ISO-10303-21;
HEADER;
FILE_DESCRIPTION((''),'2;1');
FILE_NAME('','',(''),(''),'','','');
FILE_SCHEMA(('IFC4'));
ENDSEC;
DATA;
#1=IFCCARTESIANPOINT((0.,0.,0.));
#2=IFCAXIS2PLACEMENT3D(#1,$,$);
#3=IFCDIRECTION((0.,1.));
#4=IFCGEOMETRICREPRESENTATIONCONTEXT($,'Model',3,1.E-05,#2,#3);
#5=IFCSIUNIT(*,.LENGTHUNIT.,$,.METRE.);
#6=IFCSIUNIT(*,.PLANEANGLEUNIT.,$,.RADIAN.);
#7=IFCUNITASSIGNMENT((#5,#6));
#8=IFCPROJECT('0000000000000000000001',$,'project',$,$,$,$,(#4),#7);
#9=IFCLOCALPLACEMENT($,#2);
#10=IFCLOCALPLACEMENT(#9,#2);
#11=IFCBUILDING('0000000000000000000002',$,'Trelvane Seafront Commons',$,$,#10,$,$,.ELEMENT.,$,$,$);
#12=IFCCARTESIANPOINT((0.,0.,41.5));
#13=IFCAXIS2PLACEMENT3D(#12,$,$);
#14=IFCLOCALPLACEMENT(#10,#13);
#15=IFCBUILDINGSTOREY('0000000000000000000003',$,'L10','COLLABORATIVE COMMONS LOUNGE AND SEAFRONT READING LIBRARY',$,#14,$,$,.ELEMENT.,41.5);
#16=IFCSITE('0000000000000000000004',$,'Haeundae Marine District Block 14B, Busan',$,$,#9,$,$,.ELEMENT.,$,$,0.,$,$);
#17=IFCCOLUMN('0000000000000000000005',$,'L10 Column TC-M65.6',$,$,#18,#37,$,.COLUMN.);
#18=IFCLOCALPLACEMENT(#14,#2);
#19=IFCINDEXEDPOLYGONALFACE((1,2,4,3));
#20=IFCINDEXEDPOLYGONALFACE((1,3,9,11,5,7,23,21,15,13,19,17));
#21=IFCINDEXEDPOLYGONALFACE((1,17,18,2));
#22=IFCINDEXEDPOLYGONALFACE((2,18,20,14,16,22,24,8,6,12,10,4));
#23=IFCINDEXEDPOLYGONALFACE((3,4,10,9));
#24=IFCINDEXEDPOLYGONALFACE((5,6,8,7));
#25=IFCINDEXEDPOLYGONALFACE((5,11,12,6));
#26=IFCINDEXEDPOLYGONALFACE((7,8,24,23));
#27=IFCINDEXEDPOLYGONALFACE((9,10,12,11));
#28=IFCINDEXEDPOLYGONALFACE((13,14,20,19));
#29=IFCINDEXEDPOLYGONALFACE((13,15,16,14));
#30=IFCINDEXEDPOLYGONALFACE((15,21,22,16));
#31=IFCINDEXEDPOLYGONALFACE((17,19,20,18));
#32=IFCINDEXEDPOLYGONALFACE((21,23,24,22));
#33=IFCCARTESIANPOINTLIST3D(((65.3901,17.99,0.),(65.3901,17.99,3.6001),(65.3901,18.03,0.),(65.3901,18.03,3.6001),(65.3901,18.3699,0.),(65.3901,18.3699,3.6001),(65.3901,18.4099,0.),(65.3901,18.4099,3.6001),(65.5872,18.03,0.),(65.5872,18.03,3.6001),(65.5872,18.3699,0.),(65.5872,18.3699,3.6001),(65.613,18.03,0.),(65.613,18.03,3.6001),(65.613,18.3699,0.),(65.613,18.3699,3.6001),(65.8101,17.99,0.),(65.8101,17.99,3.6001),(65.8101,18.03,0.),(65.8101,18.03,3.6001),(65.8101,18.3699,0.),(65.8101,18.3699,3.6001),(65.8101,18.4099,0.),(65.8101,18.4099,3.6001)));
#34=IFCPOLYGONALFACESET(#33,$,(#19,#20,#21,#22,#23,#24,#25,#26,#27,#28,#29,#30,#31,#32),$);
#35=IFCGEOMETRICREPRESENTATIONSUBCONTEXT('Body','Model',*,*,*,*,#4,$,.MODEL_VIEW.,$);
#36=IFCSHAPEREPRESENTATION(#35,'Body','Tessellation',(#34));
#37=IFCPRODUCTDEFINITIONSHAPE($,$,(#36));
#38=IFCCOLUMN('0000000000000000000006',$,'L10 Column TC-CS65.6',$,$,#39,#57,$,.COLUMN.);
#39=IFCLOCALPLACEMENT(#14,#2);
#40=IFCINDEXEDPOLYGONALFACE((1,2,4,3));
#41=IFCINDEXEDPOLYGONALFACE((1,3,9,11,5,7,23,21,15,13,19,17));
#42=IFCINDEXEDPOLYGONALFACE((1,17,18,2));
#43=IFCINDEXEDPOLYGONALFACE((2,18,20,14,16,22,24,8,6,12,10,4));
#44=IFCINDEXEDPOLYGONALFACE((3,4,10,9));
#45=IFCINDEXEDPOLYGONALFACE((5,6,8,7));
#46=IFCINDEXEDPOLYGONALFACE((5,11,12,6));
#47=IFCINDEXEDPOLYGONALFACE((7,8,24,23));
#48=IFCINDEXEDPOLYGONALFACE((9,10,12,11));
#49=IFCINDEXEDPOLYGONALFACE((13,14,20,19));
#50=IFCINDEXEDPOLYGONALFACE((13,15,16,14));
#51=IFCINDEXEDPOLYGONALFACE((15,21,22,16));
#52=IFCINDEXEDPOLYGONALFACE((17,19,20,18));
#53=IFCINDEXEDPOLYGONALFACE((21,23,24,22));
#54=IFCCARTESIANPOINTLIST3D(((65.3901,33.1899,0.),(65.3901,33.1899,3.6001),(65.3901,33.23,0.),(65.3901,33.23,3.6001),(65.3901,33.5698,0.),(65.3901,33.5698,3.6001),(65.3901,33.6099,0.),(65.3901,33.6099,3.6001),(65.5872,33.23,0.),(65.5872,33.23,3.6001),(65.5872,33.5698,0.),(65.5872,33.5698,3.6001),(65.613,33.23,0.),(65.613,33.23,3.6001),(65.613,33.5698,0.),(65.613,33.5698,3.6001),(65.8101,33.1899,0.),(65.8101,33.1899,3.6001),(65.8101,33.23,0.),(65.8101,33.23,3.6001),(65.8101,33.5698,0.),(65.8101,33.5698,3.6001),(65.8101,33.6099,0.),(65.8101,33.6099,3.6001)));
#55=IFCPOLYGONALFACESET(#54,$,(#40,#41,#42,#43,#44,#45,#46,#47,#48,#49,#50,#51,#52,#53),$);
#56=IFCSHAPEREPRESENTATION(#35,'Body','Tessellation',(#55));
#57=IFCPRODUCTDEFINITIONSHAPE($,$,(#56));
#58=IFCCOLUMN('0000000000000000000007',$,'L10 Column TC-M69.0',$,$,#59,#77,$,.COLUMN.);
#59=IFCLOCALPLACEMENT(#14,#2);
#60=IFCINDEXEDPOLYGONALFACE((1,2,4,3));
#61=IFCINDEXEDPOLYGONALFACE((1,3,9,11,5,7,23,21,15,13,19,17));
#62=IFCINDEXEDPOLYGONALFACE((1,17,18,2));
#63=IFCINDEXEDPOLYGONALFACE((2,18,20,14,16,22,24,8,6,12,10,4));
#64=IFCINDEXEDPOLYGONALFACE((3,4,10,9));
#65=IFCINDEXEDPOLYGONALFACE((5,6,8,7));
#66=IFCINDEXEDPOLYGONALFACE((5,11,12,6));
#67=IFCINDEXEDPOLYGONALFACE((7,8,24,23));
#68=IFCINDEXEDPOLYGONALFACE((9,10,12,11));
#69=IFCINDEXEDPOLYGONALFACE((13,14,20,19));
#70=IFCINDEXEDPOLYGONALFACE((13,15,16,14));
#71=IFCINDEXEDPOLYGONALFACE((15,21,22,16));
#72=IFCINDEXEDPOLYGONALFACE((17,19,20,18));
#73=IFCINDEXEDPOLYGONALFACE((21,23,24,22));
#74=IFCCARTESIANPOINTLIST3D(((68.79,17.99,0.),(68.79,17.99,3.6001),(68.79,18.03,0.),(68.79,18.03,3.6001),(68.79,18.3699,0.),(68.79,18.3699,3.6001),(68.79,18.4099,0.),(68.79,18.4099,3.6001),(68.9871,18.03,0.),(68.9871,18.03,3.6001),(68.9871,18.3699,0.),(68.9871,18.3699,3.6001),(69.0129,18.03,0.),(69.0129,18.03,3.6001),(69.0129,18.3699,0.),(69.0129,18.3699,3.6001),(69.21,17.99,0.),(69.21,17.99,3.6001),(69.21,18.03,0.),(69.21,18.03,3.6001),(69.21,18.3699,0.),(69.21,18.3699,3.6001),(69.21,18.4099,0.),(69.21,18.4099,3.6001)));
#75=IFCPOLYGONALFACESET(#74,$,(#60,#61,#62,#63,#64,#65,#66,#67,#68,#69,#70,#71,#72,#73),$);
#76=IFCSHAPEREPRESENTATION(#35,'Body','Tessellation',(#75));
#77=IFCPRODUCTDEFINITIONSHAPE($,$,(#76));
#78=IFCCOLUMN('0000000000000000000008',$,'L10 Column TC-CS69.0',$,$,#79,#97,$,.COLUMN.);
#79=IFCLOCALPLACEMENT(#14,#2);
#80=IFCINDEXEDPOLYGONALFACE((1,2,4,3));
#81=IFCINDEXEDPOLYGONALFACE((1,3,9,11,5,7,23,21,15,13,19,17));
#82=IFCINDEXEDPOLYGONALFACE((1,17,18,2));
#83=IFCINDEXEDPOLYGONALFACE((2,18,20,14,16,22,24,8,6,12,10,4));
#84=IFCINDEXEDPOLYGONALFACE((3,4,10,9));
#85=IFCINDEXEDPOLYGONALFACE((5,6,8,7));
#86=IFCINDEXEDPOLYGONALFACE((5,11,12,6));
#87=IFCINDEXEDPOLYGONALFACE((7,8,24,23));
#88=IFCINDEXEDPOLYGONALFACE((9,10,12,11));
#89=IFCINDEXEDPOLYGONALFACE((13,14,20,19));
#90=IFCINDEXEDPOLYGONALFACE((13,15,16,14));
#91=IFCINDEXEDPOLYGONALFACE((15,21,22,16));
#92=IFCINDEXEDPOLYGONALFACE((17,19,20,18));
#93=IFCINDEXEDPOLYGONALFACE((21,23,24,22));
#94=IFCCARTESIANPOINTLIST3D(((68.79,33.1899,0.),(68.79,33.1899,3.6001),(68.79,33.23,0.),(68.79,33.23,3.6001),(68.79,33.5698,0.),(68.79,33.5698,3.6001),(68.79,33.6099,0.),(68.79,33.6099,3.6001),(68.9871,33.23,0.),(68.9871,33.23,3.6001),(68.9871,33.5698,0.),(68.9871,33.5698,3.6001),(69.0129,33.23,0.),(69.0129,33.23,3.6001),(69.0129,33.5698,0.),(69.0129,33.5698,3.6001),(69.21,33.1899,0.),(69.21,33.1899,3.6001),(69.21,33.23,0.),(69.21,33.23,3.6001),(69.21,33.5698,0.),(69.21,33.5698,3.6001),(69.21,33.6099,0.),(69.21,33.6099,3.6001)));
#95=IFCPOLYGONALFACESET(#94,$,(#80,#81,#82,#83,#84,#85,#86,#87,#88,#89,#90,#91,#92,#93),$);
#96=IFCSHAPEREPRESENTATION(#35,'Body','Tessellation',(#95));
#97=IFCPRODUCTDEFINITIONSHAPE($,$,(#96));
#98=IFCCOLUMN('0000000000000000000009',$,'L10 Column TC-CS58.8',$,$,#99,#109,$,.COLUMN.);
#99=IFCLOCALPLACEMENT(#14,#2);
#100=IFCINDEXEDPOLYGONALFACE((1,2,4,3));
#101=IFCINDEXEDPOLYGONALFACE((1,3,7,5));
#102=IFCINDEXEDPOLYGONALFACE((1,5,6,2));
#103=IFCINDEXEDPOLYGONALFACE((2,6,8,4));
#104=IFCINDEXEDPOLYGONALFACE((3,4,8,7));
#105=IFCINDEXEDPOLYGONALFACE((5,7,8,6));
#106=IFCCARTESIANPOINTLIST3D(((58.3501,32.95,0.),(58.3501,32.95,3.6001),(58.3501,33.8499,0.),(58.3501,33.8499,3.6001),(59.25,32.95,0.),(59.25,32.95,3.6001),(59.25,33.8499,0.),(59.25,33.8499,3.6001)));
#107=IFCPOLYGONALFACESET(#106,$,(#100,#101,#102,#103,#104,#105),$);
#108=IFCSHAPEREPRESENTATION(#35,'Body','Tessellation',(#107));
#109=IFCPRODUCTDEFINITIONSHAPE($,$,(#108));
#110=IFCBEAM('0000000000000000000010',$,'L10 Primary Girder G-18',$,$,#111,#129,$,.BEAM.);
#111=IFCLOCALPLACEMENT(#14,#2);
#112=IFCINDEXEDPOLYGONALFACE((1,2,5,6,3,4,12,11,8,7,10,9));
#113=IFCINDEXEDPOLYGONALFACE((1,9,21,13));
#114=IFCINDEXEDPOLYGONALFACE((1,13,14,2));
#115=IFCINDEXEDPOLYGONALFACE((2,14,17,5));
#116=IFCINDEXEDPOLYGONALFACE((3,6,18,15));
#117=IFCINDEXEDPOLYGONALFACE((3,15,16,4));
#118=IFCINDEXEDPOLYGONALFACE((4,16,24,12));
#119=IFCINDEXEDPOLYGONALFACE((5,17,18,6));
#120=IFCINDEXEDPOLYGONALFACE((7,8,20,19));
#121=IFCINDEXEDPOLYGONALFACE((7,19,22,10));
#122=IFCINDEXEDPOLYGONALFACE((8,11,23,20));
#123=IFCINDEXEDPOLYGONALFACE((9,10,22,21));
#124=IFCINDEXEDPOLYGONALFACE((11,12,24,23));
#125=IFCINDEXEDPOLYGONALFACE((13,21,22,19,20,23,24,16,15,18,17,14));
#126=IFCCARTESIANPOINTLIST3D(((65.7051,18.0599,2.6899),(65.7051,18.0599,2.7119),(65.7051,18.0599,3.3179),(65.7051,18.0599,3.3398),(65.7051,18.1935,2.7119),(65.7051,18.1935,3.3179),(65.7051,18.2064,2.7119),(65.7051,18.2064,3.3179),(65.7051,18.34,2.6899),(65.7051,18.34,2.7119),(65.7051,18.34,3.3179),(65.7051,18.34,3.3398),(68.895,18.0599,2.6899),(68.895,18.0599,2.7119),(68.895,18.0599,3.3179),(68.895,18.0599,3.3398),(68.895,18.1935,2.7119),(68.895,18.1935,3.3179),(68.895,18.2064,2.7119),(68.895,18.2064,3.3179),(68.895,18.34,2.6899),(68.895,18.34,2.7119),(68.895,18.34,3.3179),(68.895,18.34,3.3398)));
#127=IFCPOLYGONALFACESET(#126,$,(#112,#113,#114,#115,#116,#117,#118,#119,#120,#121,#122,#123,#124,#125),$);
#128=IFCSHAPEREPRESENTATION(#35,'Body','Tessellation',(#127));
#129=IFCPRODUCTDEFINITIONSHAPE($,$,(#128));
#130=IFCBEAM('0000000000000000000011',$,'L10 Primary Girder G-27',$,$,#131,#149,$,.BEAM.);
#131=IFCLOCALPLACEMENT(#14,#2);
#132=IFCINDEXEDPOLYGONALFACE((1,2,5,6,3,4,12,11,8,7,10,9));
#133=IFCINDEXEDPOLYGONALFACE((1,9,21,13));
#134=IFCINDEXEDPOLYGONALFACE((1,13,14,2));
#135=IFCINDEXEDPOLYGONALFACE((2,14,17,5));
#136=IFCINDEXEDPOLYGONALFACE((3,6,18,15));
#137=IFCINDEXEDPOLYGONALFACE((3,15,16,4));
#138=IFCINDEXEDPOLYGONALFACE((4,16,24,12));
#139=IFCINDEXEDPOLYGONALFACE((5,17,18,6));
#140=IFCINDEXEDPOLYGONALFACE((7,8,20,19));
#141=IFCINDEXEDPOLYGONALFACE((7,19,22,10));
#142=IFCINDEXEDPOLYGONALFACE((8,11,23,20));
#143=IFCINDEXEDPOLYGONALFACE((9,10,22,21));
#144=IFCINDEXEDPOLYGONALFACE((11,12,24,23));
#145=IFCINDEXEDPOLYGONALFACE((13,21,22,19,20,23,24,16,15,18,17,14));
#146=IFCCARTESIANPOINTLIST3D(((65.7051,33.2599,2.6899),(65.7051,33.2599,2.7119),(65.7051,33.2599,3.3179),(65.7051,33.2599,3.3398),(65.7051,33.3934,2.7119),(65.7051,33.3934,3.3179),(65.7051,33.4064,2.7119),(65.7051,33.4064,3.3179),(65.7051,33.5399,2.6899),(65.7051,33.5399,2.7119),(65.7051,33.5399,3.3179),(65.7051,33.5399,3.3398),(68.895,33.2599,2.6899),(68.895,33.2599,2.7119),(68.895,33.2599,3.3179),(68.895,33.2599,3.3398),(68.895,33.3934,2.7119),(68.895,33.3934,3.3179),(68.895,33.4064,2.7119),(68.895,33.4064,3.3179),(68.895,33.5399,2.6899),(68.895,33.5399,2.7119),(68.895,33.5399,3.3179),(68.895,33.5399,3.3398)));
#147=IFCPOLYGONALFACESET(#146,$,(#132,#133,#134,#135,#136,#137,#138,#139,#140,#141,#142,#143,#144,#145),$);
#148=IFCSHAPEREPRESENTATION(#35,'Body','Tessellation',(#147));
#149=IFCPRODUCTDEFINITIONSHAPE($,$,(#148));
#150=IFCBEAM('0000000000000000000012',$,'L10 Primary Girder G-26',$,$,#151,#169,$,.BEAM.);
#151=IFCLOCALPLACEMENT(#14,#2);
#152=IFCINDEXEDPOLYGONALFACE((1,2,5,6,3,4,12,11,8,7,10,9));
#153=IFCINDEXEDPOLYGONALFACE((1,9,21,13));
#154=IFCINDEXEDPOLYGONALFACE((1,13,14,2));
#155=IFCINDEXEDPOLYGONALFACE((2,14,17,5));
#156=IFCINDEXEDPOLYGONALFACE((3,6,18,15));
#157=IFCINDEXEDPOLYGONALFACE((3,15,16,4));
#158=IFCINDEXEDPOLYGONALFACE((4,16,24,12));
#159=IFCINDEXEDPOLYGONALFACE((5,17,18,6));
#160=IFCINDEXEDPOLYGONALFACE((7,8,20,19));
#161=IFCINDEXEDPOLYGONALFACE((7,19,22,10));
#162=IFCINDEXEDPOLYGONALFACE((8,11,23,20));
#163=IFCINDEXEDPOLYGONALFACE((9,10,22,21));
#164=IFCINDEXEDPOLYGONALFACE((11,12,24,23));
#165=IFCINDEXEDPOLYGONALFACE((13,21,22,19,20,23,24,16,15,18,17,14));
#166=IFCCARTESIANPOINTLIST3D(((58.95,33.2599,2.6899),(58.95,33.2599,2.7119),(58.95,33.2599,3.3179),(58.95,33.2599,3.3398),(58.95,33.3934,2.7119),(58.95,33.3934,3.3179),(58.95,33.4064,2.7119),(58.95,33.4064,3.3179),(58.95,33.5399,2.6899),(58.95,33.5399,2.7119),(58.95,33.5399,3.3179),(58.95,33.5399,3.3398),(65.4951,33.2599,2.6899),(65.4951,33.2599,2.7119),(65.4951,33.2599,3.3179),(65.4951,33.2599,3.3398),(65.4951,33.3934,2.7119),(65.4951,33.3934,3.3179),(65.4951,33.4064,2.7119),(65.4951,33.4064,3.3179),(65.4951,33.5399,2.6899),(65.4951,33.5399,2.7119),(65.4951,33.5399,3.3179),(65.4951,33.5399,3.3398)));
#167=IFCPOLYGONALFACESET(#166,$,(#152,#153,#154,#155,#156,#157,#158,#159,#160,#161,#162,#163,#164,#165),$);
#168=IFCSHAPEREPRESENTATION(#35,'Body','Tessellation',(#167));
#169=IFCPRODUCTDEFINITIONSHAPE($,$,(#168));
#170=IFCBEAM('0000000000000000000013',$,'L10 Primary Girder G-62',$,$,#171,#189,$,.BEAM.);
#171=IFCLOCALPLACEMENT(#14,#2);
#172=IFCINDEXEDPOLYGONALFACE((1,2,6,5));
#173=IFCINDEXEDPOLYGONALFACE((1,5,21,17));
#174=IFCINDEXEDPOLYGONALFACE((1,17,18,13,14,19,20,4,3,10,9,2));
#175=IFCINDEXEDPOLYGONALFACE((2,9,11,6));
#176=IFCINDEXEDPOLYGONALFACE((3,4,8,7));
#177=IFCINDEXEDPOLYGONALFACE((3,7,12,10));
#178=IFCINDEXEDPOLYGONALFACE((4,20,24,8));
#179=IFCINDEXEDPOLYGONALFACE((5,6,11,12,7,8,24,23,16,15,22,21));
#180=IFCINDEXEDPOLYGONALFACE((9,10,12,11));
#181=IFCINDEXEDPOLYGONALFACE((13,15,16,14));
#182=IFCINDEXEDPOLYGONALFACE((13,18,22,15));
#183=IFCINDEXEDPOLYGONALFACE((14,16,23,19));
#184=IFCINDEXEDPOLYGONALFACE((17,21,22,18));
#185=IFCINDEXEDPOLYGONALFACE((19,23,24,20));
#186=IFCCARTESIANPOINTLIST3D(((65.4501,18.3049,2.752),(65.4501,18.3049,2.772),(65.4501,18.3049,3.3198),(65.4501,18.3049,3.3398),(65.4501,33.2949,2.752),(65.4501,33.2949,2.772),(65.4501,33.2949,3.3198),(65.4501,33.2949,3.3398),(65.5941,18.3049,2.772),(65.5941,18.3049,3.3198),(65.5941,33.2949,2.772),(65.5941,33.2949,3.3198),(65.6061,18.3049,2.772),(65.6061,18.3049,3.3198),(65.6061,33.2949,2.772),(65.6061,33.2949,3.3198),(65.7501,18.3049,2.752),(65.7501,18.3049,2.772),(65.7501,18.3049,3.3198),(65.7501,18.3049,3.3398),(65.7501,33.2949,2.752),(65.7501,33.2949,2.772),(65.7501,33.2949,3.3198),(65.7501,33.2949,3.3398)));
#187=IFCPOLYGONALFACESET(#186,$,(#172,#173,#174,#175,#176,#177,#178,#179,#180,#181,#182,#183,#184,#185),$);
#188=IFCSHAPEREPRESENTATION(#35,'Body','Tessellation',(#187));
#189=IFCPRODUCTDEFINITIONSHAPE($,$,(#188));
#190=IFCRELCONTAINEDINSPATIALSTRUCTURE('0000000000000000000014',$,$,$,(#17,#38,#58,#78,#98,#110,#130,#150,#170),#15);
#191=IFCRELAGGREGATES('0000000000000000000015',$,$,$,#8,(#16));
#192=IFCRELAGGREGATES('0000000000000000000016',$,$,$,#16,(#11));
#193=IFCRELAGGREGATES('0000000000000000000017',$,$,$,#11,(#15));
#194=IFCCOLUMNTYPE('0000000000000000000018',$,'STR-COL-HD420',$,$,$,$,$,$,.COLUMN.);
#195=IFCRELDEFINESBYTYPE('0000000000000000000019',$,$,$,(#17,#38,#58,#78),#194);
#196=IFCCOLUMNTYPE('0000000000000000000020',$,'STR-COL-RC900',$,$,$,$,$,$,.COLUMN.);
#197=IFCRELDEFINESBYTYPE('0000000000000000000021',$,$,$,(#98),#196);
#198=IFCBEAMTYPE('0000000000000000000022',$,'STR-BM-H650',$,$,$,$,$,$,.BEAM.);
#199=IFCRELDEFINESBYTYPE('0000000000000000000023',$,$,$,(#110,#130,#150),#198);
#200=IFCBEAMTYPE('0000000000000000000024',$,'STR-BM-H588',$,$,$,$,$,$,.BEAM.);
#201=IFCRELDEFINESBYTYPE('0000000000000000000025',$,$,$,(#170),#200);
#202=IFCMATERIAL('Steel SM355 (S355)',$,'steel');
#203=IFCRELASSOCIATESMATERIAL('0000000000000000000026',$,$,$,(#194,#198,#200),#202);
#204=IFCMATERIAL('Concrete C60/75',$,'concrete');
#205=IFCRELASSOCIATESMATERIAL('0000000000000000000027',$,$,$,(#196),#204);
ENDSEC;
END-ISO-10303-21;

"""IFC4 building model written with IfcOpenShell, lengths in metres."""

from ifc_helpers import new_model, si_unit, direction, frame, origin, origin_2d, place, context, subcontext, project, spatial, rectangle, i_section, extrude, source, transform, mapped, material, material_profile, profile_set, type_object, element, save


model = new_model("IFC4")

# Units and contexts
model_context = context("Model", 3, precision=1e-05, world=origin(), true_north=direction((0.0, 1.0)))
body_context = subcontext(model_context, "Body", "Model", "MODEL_VIEW")
ifc_project = project(units=[si_unit("LENGTHUNIT", "METRE"), si_unit("PLANEANGLEUNIT", "RADIAN")], contexts=[model_context])

# Site, building, storey
site_placement = place(None, origin())
site = spatial("IfcSite", under=ifc_project, at=site_placement, Name="Haeundae Marine District Block 14B, Busan", CompositionType="ELEMENT", RefElevation=0.0)
building_placement = place(site_placement, origin())
building = spatial("IfcBuilding", under=site, at=building_placement, Name="Trelvane Seafront Commons", CompositionType="ELEMENT")
storey_placement = place(building_placement, frame((0.0, 0.0, 41.5)))
storey = spatial("IfcBuildingStorey", under=building, at=storey_placement, Name="L10", Description="COLLABORATIVE COMMONS LOUNGE AND SEAFRONT READING LIBRARY", CompositionType="ELEMENT", Elevation=41.5)

# Columns
ifc_material_1 = material(Name="Steel SM355 (S355)", Category="steel")
ifc_material_profile_1 = material_profile(ifc_material_1, i_section(OverallWidth=0.4199, OverallDepth=0.4199, WebThickness=0.0259, FlangeThickness=0.04, at=origin_2d()), Name="HD-420x420x26x40")
ifc_profile_set_1 = profile_set([ifc_material_profile_1], Name="Steel SM355 (S355)")
column_type_1 = type_object("IfcColumnType", Name="STR-COL-HD420", PredefinedType="COLUMN", material=ifc_profile_set_1)
shared_shape_1 = source(origin(), body_context, "Body", "SweptSolid", [
    extrude(i_section(OverallWidth=0.4199, OverallDepth=0.4199, WebThickness=0.0259, FlangeThickness=0.04, at=origin_2d()), origin(), (0.0, 0.0, 1.0), 3.6001),
])
for number, where, z_axis, x_axis, name in (
    (1, (65.6001, 18.2, 0.0), (0.0, 0.0, 1.0), (1.0, 0.0, 0.0), "L10 Column TC-M65.6"),
    (2, (65.6001, 33.3999, 0.0), (0.0, 0.0, 1.0), (1.0, 0.0, 0.0), "L10 Column TC-CS65.6"),
    (3, (69.0, 18.2, 0.0), (0.0, 0.0, 1.0), (1.0, 0.0, 0.0), "L10 Column TC-M69.0"),
    (4, (69.0, 33.3999, 0.0), (0.0, 0.0, 1.0), (1.0, 0.0, 0.0), "L10 Column TC-CS69.0"),
):
    element("IfcColumn", number, at=place(storey_placement, frame(where, z_axis=z_axis, x_axis=x_axis)), inside=storey, type_object=column_type_1, Name=name, PredefinedType="COLUMN", context=body_context, shape_type="MappedRepresentation", body=[
        mapped(shared_shape_1, transform((0.0, 0.0, 0.0), x_axis=(1.0, 0.0, 0.0), y_axis=(0.0, 1.0, 0.0), z_axis=(0.0, 0.0, 1.0), scale=1.0)),
    ])
ifc_material_2 = material(Name="Concrete C60/75", Category="concrete")
ifc_material_profile_2 = material_profile(ifc_material_2, rectangle(XDim=0.8999, YDim=0.8999, at=origin_2d()), Name="RC-900x900")
ifc_profile_set_2 = profile_set([ifc_material_profile_2], Name="Concrete C60/75")
column_type_2 = type_object("IfcColumnType", Name="STR-COL-RC900", PredefinedType="COLUMN", material=ifc_profile_set_2)
shared_shape_2 = source(origin(), body_context, "Body", "SweptSolid", [
    extrude(rectangle(XDim=0.8999, YDim=0.8999, at=origin_2d()), origin(), (0.0, 0.0, 1.0), 3.6001),
])
column_placement = place(storey_placement, frame((58.8, 33.3999, 0.0), z_axis=(0.0, 0.0, 1.0), x_axis=(1.0, 0.0, 0.0)))
element("IfcColumn", 5, at=column_placement, inside=storey, type_object=column_type_2, Name="L10 Column TC-CS58.8", PredefinedType="COLUMN", context=body_context, shape_type="MappedRepresentation", body=[
    mapped(shared_shape_2, transform((0.0, 0.0, 0.0), x_axis=(1.0, 0.0, 0.0), y_axis=(0.0, 1.0, 0.0), z_axis=(0.0, 0.0, 1.0), scale=1.0)),
])

# Beams
ifc_material_profile_3 = material_profile(ifc_material_1, i_section(OverallWidth=0.28, OverallDepth=0.6499, WebThickness=0.0129, FlangeThickness=0.022, at=origin_2d()), Name="H-650x280x13x22")
ifc_profile_set_3 = profile_set([ifc_material_profile_3], Name="Steel SM355 (S355)")
beam_type_1 = type_object("IfcBeamType", Name="STR-BM-H650", PredefinedType="BEAM", material=ifc_profile_set_3)
shared_shape_3 = source(origin(), body_context, "Body", "SweptSolid", [
    extrude(i_section(OverallWidth=0.28, OverallDepth=0.6499, WebThickness=0.0129, FlangeThickness=0.022, at=origin_2d()), origin(), (0.0, 0.0, 1.0), 3.1899),
])
for number, where, z_axis, x_axis, name in (
    (6, (65.7051, 18.2, 3.0149), (1.0, 0.0, 0.0), (0.0, 1.0, 0.0), "L10 Primary Girder G-18"),
    (7, (65.7051, 33.3999, 3.0149), (1.0, 0.0, 0.0), (0.0, 1.0, 0.0), "L10 Primary Girder G-27"),
):
    element("IfcBeam", number, at=place(storey_placement, frame(where, z_axis=z_axis, x_axis=x_axis)), inside=storey, type_object=beam_type_1, Name=name, PredefinedType="BEAM", context=body_context, shape_type="MappedRepresentation", body=[
        mapped(shared_shape_3, transform((0.0, 0.0, 0.0), x_axis=(1.0, 0.0, 0.0), y_axis=(0.0, 1.0, 0.0), z_axis=(0.0, 0.0, 1.0), scale=1.0)),
    ])
shared_shape_4 = source(origin(), body_context, "Body", "SweptSolid", [
    extrude(i_section(OverallWidth=0.28, OverallDepth=0.6499, WebThickness=0.0129, FlangeThickness=0.022, at=origin_2d()), origin(), (0.0, 0.0, 1.0), 6.5452),
])
beam_1_placement = place(storey_placement, frame((58.95, 33.3999, 3.0149), z_axis=(1.0, 0.0, 0.0), x_axis=(0.0, 1.0, 0.0)))
element("IfcBeam", 8, at=beam_1_placement, inside=storey, type_object=beam_type_1, Name="L10 Primary Girder G-26", PredefinedType="BEAM", context=body_context, shape_type="MappedRepresentation", body=[
    mapped(shared_shape_4, transform((0.0, 0.0, 0.0), x_axis=(1.0, 0.0, 0.0), y_axis=(0.0, 1.0, 0.0), z_axis=(0.0, 0.0, 1.0), scale=1.0)),
])
ifc_material_profile_4 = material_profile(ifc_material_1, i_section(OverallWidth=0.3, OverallDepth=0.5879, WebThickness=0.012, FlangeThickness=0.02, at=origin_2d()), Name="H-588x300x12x20")
ifc_profile_set_4 = profile_set([ifc_material_profile_4], Name="Steel SM355 (S355)")
beam_type_2 = type_object("IfcBeamType", Name="STR-BM-H588", PredefinedType="BEAM", material=ifc_profile_set_4)
shared_shape_5 = source(origin(), body_context, "Body", "SweptSolid", [
    extrude(i_section(OverallWidth=0.3, OverallDepth=0.5879, WebThickness=0.012, FlangeThickness=0.02, at=origin_2d()), origin(), (0.0, 0.0, 1.0), 14.99),
])
for number, where, z_axis, x_axis, name in (
    (9, (65.6001, 18.3049, 3.0459), (0.0, 1.0, 0.0), (-1.0, 0.0, 0.0), "L10 Primary Girder G-62"),
):
    element("IfcBeam", number, at=place(storey_placement, frame(where, z_axis=z_axis, x_axis=x_axis)), inside=storey, type_object=beam_type_2, Name=name, PredefinedType="BEAM", context=body_context, shape_type="MappedRepresentation", body=[
        mapped(shared_shape_5, transform((0.0, 0.0, 0.0), x_axis=(1.0, 0.0, 0.0), y_axis=(0.0, 1.0, 0.0), z_axis=(0.0, 0.0, 1.0), scale=1.0)),
    ])

save(model, "model.ifc")
